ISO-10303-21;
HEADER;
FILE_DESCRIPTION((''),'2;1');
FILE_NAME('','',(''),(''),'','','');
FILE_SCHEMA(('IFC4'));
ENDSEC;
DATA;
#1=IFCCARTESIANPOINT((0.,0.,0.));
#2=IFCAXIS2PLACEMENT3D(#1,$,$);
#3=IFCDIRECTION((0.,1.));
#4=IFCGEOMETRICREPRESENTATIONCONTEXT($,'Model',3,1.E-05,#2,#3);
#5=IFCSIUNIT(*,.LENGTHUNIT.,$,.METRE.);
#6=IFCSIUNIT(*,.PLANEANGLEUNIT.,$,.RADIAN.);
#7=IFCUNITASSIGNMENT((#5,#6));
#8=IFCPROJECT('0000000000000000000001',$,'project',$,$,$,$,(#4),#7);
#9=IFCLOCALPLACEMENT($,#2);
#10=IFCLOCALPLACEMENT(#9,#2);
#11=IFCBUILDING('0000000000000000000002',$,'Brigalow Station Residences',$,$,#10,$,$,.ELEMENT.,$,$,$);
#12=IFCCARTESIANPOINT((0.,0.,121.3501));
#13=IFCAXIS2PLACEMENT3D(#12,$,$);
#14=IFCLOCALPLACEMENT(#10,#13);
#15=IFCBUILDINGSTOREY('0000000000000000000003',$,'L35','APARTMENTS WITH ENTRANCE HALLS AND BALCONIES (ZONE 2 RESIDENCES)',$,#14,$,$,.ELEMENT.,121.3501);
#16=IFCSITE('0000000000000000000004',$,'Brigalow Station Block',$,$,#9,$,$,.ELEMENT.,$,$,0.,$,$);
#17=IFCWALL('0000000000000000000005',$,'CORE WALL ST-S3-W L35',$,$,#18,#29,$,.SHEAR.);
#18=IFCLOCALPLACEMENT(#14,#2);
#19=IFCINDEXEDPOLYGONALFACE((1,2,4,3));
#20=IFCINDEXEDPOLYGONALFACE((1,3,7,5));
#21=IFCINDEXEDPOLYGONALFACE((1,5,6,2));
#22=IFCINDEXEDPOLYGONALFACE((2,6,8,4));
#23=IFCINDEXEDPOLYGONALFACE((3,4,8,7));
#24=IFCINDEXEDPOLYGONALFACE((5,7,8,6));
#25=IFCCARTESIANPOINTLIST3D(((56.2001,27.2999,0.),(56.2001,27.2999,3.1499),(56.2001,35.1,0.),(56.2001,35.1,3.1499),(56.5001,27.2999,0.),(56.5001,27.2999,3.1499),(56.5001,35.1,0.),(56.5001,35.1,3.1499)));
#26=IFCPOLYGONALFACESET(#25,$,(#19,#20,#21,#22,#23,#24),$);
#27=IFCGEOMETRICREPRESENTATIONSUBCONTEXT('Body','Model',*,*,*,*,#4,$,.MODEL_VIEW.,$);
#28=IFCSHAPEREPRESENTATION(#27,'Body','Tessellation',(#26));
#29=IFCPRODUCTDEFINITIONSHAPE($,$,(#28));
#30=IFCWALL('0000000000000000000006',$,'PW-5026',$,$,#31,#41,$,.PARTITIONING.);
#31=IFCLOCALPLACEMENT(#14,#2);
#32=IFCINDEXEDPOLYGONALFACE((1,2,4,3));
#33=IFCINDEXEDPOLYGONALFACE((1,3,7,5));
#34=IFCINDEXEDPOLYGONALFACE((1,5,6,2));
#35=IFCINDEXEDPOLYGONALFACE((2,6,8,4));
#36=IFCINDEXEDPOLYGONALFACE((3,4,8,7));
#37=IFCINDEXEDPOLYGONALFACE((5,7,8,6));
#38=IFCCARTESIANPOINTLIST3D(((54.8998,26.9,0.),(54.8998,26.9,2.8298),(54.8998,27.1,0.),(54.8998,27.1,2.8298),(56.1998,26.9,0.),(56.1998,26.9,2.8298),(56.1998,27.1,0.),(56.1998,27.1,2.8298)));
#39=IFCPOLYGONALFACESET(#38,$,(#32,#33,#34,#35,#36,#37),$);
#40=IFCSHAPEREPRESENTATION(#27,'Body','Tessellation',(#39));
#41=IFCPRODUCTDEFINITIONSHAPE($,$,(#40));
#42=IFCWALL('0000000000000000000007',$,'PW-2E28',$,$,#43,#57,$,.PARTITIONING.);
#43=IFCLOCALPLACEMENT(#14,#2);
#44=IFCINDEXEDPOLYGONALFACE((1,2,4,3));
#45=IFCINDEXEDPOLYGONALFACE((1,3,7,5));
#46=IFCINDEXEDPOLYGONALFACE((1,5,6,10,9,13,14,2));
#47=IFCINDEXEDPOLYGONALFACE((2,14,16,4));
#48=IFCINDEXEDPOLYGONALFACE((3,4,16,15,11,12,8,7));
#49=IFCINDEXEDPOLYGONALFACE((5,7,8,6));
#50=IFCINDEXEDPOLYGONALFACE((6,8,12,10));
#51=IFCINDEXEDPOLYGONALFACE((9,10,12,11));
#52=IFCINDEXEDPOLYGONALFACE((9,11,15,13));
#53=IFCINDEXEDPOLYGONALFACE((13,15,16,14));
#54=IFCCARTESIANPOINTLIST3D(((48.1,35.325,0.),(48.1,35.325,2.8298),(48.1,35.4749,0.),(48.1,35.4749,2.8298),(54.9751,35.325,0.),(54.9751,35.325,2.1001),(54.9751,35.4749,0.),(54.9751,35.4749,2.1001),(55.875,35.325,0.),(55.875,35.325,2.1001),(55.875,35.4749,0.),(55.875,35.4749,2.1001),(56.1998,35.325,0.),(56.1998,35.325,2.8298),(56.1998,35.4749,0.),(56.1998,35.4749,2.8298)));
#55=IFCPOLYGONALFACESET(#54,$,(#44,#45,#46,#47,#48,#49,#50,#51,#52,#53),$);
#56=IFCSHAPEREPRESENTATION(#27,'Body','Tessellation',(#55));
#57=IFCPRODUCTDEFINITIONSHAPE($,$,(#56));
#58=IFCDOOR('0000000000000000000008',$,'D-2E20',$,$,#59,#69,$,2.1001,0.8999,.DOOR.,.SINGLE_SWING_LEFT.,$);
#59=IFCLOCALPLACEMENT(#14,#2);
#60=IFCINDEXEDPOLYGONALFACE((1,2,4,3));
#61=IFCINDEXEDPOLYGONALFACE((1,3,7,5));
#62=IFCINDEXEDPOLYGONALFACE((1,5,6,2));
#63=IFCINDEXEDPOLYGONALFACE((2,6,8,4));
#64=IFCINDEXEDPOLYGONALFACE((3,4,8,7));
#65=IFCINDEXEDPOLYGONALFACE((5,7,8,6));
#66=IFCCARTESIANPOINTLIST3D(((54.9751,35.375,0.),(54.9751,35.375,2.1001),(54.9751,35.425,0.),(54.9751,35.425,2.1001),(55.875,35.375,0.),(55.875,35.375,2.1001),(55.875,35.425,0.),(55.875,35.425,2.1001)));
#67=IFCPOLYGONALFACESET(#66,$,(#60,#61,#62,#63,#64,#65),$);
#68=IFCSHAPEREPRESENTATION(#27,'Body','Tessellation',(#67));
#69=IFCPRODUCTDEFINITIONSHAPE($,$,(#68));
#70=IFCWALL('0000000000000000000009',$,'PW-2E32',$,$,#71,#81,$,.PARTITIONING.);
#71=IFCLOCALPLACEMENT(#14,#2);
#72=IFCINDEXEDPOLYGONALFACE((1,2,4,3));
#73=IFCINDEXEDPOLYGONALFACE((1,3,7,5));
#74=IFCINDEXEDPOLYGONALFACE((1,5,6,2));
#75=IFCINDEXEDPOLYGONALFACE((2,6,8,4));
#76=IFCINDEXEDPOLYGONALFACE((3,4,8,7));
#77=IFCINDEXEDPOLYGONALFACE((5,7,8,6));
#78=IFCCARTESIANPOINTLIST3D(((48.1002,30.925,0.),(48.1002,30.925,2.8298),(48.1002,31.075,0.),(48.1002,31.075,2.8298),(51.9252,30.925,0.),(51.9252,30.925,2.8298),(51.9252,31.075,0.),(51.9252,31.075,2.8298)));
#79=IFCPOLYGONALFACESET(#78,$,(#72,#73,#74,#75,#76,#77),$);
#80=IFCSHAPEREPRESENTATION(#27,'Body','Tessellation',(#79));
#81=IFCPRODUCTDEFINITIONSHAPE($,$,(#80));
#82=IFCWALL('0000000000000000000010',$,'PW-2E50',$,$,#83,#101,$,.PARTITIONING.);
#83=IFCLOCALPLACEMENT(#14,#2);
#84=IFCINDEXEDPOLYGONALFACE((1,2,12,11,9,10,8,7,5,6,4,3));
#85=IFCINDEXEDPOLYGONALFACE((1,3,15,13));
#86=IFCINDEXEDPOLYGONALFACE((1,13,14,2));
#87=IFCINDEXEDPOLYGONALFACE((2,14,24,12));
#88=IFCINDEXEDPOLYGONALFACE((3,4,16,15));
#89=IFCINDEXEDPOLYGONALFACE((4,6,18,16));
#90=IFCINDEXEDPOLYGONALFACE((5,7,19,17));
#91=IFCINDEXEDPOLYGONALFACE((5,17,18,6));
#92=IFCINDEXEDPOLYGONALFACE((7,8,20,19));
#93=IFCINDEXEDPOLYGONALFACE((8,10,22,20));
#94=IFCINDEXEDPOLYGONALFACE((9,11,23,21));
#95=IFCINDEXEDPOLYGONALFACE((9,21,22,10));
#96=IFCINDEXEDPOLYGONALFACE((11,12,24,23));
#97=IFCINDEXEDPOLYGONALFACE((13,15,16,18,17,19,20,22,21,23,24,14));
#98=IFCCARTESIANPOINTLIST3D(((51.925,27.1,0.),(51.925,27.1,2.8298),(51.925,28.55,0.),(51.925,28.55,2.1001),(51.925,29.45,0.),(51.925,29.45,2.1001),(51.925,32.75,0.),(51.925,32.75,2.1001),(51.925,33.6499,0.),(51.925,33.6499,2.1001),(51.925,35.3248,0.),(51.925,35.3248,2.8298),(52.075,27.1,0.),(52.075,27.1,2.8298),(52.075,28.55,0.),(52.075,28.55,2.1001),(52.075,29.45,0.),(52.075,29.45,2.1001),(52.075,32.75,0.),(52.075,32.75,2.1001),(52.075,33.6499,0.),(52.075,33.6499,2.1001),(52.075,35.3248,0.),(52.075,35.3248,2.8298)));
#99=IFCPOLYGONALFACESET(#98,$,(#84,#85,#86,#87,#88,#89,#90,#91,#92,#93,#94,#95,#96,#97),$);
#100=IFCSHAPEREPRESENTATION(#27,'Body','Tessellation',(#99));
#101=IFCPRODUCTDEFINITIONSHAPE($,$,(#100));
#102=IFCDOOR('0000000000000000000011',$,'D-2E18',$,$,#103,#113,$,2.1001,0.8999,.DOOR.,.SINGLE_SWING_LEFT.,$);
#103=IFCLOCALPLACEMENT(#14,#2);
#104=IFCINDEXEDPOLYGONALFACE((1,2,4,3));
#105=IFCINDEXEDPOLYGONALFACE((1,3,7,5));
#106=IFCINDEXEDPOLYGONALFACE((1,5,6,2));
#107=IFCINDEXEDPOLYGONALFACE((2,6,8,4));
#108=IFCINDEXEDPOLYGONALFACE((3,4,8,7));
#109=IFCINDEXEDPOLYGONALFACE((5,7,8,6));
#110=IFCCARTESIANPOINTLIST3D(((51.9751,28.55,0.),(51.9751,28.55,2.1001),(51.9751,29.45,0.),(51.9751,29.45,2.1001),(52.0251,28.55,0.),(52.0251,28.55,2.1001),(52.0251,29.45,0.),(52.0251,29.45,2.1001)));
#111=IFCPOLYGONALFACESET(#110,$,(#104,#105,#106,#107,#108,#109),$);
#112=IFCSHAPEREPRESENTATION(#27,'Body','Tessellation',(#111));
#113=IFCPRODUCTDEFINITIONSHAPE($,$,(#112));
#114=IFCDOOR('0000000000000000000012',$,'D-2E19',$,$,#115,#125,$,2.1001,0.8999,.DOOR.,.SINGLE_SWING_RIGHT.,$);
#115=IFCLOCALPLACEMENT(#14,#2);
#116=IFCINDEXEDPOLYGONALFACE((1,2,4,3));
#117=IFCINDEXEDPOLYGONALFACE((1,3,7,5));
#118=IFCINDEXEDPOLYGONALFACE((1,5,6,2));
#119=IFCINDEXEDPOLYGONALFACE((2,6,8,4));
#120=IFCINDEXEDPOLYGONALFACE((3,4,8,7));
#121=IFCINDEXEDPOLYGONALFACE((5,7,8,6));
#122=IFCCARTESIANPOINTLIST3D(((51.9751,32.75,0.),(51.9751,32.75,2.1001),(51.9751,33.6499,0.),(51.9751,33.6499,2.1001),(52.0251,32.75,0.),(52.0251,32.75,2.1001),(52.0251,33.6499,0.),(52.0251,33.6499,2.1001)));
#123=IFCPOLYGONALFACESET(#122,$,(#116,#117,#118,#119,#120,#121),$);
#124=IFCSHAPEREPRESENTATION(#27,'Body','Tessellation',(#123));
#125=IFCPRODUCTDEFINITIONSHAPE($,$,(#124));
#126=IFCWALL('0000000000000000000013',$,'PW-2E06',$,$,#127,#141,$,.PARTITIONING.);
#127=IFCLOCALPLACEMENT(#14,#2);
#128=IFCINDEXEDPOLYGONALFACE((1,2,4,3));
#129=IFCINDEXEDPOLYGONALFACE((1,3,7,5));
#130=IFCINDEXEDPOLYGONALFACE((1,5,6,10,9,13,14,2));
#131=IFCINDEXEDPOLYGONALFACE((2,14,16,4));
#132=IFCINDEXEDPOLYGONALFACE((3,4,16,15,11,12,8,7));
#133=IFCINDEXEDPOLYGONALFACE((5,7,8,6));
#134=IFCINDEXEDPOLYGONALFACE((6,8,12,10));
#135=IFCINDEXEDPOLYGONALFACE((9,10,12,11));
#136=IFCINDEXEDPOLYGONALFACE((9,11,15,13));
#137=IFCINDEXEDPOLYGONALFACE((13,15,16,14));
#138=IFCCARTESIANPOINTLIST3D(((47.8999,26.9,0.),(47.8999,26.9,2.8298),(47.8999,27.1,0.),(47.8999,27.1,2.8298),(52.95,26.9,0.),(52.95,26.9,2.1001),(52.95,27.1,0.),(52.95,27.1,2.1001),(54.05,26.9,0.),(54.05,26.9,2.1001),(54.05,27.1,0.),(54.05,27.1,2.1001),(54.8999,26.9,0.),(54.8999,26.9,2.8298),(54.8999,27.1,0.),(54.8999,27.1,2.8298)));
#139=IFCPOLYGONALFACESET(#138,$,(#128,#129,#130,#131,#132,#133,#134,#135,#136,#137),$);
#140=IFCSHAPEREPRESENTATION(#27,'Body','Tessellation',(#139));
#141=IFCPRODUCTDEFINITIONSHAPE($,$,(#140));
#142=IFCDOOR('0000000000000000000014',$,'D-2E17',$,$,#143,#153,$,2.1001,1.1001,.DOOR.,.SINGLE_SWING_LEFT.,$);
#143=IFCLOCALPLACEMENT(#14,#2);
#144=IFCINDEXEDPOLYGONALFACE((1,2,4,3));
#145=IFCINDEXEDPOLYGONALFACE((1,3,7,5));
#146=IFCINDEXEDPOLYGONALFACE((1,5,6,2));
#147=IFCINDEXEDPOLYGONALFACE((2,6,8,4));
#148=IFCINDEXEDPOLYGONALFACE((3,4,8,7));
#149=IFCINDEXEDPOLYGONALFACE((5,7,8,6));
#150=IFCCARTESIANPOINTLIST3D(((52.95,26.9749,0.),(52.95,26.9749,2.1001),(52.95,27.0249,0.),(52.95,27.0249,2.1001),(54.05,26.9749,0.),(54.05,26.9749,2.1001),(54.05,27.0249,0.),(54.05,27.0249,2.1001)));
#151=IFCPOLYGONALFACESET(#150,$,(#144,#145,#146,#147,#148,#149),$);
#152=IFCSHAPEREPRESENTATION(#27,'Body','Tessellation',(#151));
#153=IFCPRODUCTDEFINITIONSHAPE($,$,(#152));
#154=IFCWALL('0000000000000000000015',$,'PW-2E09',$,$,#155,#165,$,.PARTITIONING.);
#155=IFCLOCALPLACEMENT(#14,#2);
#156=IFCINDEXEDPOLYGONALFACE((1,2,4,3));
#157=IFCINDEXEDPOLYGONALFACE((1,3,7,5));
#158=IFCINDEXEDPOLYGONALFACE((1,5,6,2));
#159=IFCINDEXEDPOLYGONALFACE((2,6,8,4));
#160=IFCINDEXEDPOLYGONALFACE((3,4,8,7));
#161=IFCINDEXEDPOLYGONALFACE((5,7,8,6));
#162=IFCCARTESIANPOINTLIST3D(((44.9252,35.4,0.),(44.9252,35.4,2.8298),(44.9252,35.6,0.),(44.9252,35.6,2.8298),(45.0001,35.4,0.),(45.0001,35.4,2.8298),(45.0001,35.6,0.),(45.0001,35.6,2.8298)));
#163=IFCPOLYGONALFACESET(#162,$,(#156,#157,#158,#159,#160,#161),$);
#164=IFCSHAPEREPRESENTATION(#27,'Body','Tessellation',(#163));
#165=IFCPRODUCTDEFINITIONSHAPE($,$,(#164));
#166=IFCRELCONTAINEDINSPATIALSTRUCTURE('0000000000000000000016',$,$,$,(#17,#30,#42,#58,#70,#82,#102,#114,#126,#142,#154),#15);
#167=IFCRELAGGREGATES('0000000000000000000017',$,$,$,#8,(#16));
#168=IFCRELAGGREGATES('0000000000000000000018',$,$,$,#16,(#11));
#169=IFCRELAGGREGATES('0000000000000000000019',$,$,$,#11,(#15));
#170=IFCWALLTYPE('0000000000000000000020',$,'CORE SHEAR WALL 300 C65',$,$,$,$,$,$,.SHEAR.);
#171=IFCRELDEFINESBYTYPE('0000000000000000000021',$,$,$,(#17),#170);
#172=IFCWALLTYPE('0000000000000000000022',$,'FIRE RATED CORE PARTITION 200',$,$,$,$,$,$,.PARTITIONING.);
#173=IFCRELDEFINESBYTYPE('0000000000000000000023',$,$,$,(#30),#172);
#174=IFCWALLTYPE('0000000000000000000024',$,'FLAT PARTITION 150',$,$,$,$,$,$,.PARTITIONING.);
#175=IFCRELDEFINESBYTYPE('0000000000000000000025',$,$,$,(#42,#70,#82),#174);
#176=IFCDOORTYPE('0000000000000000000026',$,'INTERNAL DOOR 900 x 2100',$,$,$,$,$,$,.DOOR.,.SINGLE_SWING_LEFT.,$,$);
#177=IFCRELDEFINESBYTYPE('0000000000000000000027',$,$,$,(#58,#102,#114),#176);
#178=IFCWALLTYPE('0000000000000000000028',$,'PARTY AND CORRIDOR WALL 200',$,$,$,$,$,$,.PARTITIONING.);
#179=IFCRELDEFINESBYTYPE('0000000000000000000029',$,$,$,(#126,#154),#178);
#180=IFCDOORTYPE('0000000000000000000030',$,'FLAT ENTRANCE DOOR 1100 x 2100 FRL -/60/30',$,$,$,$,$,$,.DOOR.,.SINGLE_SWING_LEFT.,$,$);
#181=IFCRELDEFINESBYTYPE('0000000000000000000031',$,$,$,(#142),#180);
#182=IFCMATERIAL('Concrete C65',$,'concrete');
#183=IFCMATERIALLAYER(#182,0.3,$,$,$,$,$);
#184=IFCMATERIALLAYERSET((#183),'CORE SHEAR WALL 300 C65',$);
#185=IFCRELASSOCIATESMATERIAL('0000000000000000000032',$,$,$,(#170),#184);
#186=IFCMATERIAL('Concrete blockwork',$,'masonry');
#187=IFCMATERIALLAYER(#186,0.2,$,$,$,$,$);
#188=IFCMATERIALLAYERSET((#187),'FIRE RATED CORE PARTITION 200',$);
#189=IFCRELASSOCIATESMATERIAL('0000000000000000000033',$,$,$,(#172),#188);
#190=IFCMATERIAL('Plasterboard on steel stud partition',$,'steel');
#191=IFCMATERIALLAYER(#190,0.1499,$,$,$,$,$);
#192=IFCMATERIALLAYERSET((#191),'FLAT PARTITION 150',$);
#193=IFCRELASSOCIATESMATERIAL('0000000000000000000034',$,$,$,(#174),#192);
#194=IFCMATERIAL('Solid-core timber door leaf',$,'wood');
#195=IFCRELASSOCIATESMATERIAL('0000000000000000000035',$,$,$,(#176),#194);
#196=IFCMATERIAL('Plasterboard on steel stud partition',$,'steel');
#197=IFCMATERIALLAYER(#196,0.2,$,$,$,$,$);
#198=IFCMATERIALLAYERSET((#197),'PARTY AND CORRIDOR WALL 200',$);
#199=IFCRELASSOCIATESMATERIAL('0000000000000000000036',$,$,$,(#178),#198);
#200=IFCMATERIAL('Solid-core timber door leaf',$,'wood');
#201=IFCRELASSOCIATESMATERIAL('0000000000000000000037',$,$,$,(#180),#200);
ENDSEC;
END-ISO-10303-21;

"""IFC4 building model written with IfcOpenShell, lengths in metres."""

from ifc_helpers import new_model, si_unit, direction, frame, frame_2d, origin, place, context, subcontext, project, spatial, rectangle, extrude, material, layer, layer_set, type_object, element, fill, save


model = new_model("IFC4")

# Units and contexts
model_context = context("Model", 3, precision=1e-05, world=origin(), true_north=direction((0.0, 1.0)))
body_context = subcontext(model_context, "Body", "Model", "MODEL_VIEW")
ifc_project = project(units=[si_unit("LENGTHUNIT", "METRE"), si_unit("PLANEANGLEUNIT", "RADIAN")], contexts=[model_context])

# Site, building, storey
site_placement = place(None, origin())
site = spatial("IfcSite", under=ifc_project, at=site_placement, Name="Brigalow Station Block", CompositionType="ELEMENT", RefElevation=0.0)
building_placement = place(site_placement, origin())
building = spatial("IfcBuilding", under=site, at=building_placement, Name="Brigalow Station Residences", CompositionType="ELEMENT")
storey_placement = place(building_placement, frame((0.0, 0.0, 121.3501)))
storey = spatial("IfcBuildingStorey", under=building, at=storey_placement, Name="L35", Description="APARTMENTS WITH ENTRANCE HALLS AND BALCONIES (ZONE 2 RESIDENCES)", CompositionType="ELEMENT", Elevation=121.3501)

# Shared definitions
ifc_material_1 = material(Name="Concrete C65", Category="concrete")
ifc_layer_1 = layer(ifc_material_1, 0.3)
ifc_layer_set_1 = layer_set([ifc_layer_1], Name="CORE SHEAR WALL 300 C65")
wall_type_1 = type_object("IfcWallType", Name="CORE SHEAR WALL 300 C65", PredefinedType="SHEAR", material=ifc_layer_set_1)

# Walls
wall_1_placement = place(storey_placement, frame((56.3501, 27.3, 0.0), z_axis=(0.0, 0.0, 1.0), x_axis=(0.0, 1.0, 0.0)))
element("IfcWall", 1, at=wall_1_placement, inside=storey, type_object=wall_type_1, Name="CORE WALL ST-S3-W L35", PredefinedType="SHEAR", context=body_context, shape_type="SweptSolid", body=[
    extrude(rectangle(XDim=7.8, YDim=0.3, at=frame_2d((3.8999, 0.0))), origin(), (0.0, 0.0, 1.0), 3.1499),
])
ifc_material_2 = material(Name="Concrete blockwork", Category="masonry")
ifc_layer_2 = layer(ifc_material_2, 0.2)
ifc_layer_set_2 = layer_set([ifc_layer_2], Name="FIRE RATED CORE PARTITION 200")
wall_type_2 = type_object("IfcWallType", Name="FIRE RATED CORE PARTITION 200", PredefinedType="PARTITIONING", material=ifc_layer_set_2)
wall_2_placement = place(storey_placement, frame((54.8999, 27.0, 0.0), z_axis=(0.0, 0.0, 1.0), x_axis=(1.0, 0.0, 0.0)))
element("IfcWall", 2, at=wall_2_placement, inside=storey, type_object=wall_type_2, Name="PW-5026", PredefinedType="PARTITIONING", context=body_context, shape_type="SweptSolid", body=[
    extrude(rectangle(XDim=1.3, YDim=0.2, at=frame_2d((0.6499, 0.0))), origin(), (0.0, 0.0, 1.0), 2.8298),
])

# Wall, opening, door
ifc_material_3 = material(Name="Plasterboard on steel stud partition", Category="steel")
ifc_layer_3 = layer(ifc_material_3, 0.1499)
ifc_layer_set_3 = layer_set([ifc_layer_3], Name="FLAT PARTITION 150")
wall_type_3 = type_object("IfcWallType", Name="FLAT PARTITION 150", PredefinedType="PARTITIONING", material=ifc_layer_set_3)
wall_3_placement = place(storey_placement, frame((48.1001, 35.3999, 0.0), z_axis=(0.0, 0.0, 1.0), x_axis=(1.0, 0.0, 0.0)))
wall_3 = element("IfcWall", 3, at=wall_3_placement, inside=storey, type_object=wall_type_3, Name="PW-2E28", PredefinedType="PARTITIONING", context=body_context, shape_type="SweptSolid", body=[
    extrude(rectangle(XDim=8.0999, YDim=0.1499, at=frame_2d((4.0498, 0.0))), origin(), (0.0, 0.0, 1.0), 2.8298),
])
opening_1_placement = place(wall_3_placement, frame((6.875, 0.0, 0.0)))
opening_1 = element("IfcOpeningElement", 4, at=opening_1_placement, cuts=wall_3, PredefinedType="OPENING", context=body_context, shape_type="SweptSolid", body=[
    extrude(rectangle(XDim=0.8999, YDim=2.1001, at=frame_2d((0.45, 1.05))), frame((0.0, 0.085, 0.0), z_axis=(0.0, -1.0, 0.0), x_axis=(1.0, 0.0, 0.0)), (0.0, 0.0, 1.0), 0.1699),
])
ifc_material_4 = material(Name="Solid-core timber door leaf", Category="wood")
door_type_1 = type_object("IfcDoorType", Name="INTERNAL DOOR 900 x 2100", OperationType="SINGLE_SWING_LEFT", PredefinedType="DOOR", material=ifc_material_4)
door_1_placement = place(opening_1_placement, frame((0.8999, 0.0, 0.0), z_axis=(0.0, 0.0, 1.0), x_axis=(-1.0, 0.0, 0.0)))
door_1 = element("IfcDoor", 5, at=door_1_placement, inside=storey, type_object=door_type_1, Name="D-2E20", OperationType="SINGLE_SWING_LEFT", OverallHeight=2.1001, OverallWidth=0.8999, PredefinedType="DOOR", context=body_context, shape_type="SweptSolid", body=[
    extrude(rectangle(XDim=0.8999, YDim=2.1001, at=frame_2d((0.45, 1.05))), frame((0.0, 0.0249, 0.0), z_axis=(0.0, -1.0, 0.0), x_axis=(1.0, 0.0, 0.0)), (0.0, 0.0, 1.0), 0.05),
])
fill(opening_1, door_1)

# Wall
wall_4_placement = place(storey_placement, frame((48.1001, 31.0, 0.0), z_axis=(0.0, 0.0, 1.0), x_axis=(1.0, 0.0, 0.0)))
element("IfcWall", 6, at=wall_4_placement, inside=storey, type_object=wall_type_3, Name="PW-2E32", PredefinedType="PARTITIONING", context=body_context, shape_type="SweptSolid", body=[
    extrude(rectangle(XDim=3.825, YDim=0.1499, at=frame_2d((1.9126, 0.0))), origin(), (0.0, 0.0, 1.0), 2.8298),
])

# Wall, openings, doors
wall_5_placement = place(storey_placement, frame((52.0, 27.1001, 0.0), z_axis=(0.0, 0.0, 1.0), x_axis=(0.0, 1.0, 0.0)))
wall_5 = element("IfcWall", 7, at=wall_5_placement, inside=storey, type_object=wall_type_3, Name="PW-2E50", PredefinedType="PARTITIONING", context=body_context, shape_type="SweptSolid", body=[
    extrude(rectangle(XDim=8.2249, YDim=0.1499, at=frame_2d((4.1123, 0.0))), origin(), (0.0, 0.0, 1.0), 2.8298),
])
opening_2_placement = place(wall_5_placement, frame((1.45, 0.0, 0.0)))
opening_2 = element("IfcOpeningElement", 8, at=opening_2_placement, cuts=wall_5, PredefinedType="OPENING", context=body_context, shape_type="SweptSolid", body=[
    extrude(rectangle(XDim=0.8999, YDim=2.1001, at=frame_2d((0.45, 1.05))), frame((0.0, 0.085, 0.0), z_axis=(0.0, -1.0, 0.0), x_axis=(1.0, 0.0, 0.0)), (0.0, 0.0, 1.0), 0.1699),
])
opening_3_placement = place(wall_5_placement, frame((5.6499, 0.0, 0.0)))
opening_3 = element("IfcOpeningElement", 9, at=opening_3_placement, cuts=wall_5, PredefinedType="OPENING", context=body_context, shape_type="SweptSolid", body=[
    extrude(rectangle(XDim=0.8999, YDim=2.1001, at=frame_2d((0.45, 1.05))), frame((0.0, 0.085, 0.0), z_axis=(0.0, -1.0, 0.0), x_axis=(1.0, 0.0, 0.0)), (0.0, 0.0, 1.0), 0.1699),
])
door_2_placement = place(opening_2_placement, origin())
door_2 = element("IfcDoor", 10, at=door_2_placement, inside=storey, type_object=door_type_1, Name="D-2E18", OperationType="SINGLE_SWING_LEFT", OverallHeight=2.1001, OverallWidth=0.8999, PredefinedType="DOOR", context=body_context, shape_type="SweptSolid", body=[
    extrude(rectangle(XDim=0.8999, YDim=2.1001, at=frame_2d((0.45, 1.05))), frame((0.0, 0.0249, 0.0), z_axis=(0.0, -1.0, 0.0), x_axis=(1.0, 0.0, 0.0)), (0.0, 0.0, 1.0), 0.05),
])
fill(opening_2, door_2)
door_3_placement = place(opening_3_placement, origin())
door_3 = element("IfcDoor", 11, at=door_3_placement, inside=storey, type_object=door_type_1, Name="D-2E19", OperationType="SINGLE_SWING_RIGHT", OverallHeight=2.1001, OverallWidth=0.8999, PredefinedType="DOOR", context=body_context, shape_type="SweptSolid", body=[
    extrude(rectangle(XDim=0.8999, YDim=2.1001, at=frame_2d((0.45, 1.05))), frame((0.0, 0.0249, 0.0), z_axis=(0.0, -1.0, 0.0), x_axis=(1.0, 0.0, 0.0)), (0.0, 0.0, 1.0), 0.05),
])
fill(opening_3, door_3)

# Wall, opening, door
ifc_material_5 = material(Name="Plasterboard on steel stud partition", Category="steel")
ifc_layer_4 = layer(ifc_material_5, 0.2)
ifc_layer_set_4 = layer_set([ifc_layer_4], Name="PARTY AND CORRIDOR WALL 200")
wall_type_4 = type_object("IfcWallType", Name="PARTY AND CORRIDOR WALL 200", PredefinedType="PARTITIONING", material=ifc_layer_set_4)
wall_6_placement = place(storey_placement, frame((47.8999, 27.0, 0.0), z_axis=(0.0, 0.0, 1.0), x_axis=(1.0, 0.0, 0.0)))
wall_6 = element("IfcWall", 12, at=wall_6_placement, inside=storey, type_object=wall_type_4, Name="PW-2E06", PredefinedType="PARTITIONING", context=body_context, shape_type="SweptSolid", body=[
    extrude(rectangle(XDim=7.0, YDim=0.2, at=frame_2d((3.5, 0.0))), origin(), (0.0, 0.0, 1.0), 2.8298),
])
opening_4_placement = place(wall_6_placement, frame((5.05, 0.0, 0.0)))
opening_4 = element("IfcOpeningElement", 13, at=opening_4_placement, cuts=wall_6, PredefinedType="OPENING", context=body_context, shape_type="SweptSolid", body=[
    extrude(rectangle(XDim=1.1001, YDim=2.1001, at=frame_2d((0.55, 1.05))), frame((0.0, 0.1099, 0.0), z_axis=(0.0, -1.0, 0.0), x_axis=(1.0, 0.0, 0.0)), (0.0, 0.0, 1.0), 0.22),
])
ifc_material_6 = material(Name="Solid-core timber door leaf", Category="wood")
door_type_2 = type_object("IfcDoorType", Name="FLAT ENTRANCE DOOR 1100 x 2100 FRL -/60/30", OperationType="SINGLE_SWING_LEFT", PredefinedType="DOOR", material=ifc_material_6)
door_4_placement = place(opening_4_placement, origin())
door_4 = element("IfcDoor", 14, at=door_4_placement, inside=storey, type_object=door_type_2, Name="D-2E17", OperationType="SINGLE_SWING_LEFT", OverallHeight=2.1001, OverallWidth=1.1001, PredefinedType="DOOR", context=body_context, shape_type="SweptSolid", body=[
    extrude(rectangle(XDim=1.1001, YDim=2.1001, at=frame_2d((0.55, 1.05))), frame((0.0, 0.0249, 0.0), z_axis=(0.0, -1.0, 0.0), x_axis=(1.0, 0.0, 0.0)), (0.0, 0.0, 1.0), 0.05),
])
fill(opening_4, door_4)

# Wall
wall_7_placement = place(storey_placement, frame((44.925, 35.5, 0.0), z_axis=(0.0, 0.0, 1.0), x_axis=(1.0, 0.0, 0.0)))
element("IfcWall", 15, at=wall_7_placement, inside=storey, type_object=wall_type_4, Name="PW-2E09", PredefinedType="PARTITIONING", context=body_context, shape_type="SweptSolid", body=[
    extrude(rectangle(XDim=0.075, YDim=0.2, at=frame_2d((0.0376, 0.0))), origin(), (0.0, 0.0, 1.0), 2.8298),
])

save(model, "model.ifc")
